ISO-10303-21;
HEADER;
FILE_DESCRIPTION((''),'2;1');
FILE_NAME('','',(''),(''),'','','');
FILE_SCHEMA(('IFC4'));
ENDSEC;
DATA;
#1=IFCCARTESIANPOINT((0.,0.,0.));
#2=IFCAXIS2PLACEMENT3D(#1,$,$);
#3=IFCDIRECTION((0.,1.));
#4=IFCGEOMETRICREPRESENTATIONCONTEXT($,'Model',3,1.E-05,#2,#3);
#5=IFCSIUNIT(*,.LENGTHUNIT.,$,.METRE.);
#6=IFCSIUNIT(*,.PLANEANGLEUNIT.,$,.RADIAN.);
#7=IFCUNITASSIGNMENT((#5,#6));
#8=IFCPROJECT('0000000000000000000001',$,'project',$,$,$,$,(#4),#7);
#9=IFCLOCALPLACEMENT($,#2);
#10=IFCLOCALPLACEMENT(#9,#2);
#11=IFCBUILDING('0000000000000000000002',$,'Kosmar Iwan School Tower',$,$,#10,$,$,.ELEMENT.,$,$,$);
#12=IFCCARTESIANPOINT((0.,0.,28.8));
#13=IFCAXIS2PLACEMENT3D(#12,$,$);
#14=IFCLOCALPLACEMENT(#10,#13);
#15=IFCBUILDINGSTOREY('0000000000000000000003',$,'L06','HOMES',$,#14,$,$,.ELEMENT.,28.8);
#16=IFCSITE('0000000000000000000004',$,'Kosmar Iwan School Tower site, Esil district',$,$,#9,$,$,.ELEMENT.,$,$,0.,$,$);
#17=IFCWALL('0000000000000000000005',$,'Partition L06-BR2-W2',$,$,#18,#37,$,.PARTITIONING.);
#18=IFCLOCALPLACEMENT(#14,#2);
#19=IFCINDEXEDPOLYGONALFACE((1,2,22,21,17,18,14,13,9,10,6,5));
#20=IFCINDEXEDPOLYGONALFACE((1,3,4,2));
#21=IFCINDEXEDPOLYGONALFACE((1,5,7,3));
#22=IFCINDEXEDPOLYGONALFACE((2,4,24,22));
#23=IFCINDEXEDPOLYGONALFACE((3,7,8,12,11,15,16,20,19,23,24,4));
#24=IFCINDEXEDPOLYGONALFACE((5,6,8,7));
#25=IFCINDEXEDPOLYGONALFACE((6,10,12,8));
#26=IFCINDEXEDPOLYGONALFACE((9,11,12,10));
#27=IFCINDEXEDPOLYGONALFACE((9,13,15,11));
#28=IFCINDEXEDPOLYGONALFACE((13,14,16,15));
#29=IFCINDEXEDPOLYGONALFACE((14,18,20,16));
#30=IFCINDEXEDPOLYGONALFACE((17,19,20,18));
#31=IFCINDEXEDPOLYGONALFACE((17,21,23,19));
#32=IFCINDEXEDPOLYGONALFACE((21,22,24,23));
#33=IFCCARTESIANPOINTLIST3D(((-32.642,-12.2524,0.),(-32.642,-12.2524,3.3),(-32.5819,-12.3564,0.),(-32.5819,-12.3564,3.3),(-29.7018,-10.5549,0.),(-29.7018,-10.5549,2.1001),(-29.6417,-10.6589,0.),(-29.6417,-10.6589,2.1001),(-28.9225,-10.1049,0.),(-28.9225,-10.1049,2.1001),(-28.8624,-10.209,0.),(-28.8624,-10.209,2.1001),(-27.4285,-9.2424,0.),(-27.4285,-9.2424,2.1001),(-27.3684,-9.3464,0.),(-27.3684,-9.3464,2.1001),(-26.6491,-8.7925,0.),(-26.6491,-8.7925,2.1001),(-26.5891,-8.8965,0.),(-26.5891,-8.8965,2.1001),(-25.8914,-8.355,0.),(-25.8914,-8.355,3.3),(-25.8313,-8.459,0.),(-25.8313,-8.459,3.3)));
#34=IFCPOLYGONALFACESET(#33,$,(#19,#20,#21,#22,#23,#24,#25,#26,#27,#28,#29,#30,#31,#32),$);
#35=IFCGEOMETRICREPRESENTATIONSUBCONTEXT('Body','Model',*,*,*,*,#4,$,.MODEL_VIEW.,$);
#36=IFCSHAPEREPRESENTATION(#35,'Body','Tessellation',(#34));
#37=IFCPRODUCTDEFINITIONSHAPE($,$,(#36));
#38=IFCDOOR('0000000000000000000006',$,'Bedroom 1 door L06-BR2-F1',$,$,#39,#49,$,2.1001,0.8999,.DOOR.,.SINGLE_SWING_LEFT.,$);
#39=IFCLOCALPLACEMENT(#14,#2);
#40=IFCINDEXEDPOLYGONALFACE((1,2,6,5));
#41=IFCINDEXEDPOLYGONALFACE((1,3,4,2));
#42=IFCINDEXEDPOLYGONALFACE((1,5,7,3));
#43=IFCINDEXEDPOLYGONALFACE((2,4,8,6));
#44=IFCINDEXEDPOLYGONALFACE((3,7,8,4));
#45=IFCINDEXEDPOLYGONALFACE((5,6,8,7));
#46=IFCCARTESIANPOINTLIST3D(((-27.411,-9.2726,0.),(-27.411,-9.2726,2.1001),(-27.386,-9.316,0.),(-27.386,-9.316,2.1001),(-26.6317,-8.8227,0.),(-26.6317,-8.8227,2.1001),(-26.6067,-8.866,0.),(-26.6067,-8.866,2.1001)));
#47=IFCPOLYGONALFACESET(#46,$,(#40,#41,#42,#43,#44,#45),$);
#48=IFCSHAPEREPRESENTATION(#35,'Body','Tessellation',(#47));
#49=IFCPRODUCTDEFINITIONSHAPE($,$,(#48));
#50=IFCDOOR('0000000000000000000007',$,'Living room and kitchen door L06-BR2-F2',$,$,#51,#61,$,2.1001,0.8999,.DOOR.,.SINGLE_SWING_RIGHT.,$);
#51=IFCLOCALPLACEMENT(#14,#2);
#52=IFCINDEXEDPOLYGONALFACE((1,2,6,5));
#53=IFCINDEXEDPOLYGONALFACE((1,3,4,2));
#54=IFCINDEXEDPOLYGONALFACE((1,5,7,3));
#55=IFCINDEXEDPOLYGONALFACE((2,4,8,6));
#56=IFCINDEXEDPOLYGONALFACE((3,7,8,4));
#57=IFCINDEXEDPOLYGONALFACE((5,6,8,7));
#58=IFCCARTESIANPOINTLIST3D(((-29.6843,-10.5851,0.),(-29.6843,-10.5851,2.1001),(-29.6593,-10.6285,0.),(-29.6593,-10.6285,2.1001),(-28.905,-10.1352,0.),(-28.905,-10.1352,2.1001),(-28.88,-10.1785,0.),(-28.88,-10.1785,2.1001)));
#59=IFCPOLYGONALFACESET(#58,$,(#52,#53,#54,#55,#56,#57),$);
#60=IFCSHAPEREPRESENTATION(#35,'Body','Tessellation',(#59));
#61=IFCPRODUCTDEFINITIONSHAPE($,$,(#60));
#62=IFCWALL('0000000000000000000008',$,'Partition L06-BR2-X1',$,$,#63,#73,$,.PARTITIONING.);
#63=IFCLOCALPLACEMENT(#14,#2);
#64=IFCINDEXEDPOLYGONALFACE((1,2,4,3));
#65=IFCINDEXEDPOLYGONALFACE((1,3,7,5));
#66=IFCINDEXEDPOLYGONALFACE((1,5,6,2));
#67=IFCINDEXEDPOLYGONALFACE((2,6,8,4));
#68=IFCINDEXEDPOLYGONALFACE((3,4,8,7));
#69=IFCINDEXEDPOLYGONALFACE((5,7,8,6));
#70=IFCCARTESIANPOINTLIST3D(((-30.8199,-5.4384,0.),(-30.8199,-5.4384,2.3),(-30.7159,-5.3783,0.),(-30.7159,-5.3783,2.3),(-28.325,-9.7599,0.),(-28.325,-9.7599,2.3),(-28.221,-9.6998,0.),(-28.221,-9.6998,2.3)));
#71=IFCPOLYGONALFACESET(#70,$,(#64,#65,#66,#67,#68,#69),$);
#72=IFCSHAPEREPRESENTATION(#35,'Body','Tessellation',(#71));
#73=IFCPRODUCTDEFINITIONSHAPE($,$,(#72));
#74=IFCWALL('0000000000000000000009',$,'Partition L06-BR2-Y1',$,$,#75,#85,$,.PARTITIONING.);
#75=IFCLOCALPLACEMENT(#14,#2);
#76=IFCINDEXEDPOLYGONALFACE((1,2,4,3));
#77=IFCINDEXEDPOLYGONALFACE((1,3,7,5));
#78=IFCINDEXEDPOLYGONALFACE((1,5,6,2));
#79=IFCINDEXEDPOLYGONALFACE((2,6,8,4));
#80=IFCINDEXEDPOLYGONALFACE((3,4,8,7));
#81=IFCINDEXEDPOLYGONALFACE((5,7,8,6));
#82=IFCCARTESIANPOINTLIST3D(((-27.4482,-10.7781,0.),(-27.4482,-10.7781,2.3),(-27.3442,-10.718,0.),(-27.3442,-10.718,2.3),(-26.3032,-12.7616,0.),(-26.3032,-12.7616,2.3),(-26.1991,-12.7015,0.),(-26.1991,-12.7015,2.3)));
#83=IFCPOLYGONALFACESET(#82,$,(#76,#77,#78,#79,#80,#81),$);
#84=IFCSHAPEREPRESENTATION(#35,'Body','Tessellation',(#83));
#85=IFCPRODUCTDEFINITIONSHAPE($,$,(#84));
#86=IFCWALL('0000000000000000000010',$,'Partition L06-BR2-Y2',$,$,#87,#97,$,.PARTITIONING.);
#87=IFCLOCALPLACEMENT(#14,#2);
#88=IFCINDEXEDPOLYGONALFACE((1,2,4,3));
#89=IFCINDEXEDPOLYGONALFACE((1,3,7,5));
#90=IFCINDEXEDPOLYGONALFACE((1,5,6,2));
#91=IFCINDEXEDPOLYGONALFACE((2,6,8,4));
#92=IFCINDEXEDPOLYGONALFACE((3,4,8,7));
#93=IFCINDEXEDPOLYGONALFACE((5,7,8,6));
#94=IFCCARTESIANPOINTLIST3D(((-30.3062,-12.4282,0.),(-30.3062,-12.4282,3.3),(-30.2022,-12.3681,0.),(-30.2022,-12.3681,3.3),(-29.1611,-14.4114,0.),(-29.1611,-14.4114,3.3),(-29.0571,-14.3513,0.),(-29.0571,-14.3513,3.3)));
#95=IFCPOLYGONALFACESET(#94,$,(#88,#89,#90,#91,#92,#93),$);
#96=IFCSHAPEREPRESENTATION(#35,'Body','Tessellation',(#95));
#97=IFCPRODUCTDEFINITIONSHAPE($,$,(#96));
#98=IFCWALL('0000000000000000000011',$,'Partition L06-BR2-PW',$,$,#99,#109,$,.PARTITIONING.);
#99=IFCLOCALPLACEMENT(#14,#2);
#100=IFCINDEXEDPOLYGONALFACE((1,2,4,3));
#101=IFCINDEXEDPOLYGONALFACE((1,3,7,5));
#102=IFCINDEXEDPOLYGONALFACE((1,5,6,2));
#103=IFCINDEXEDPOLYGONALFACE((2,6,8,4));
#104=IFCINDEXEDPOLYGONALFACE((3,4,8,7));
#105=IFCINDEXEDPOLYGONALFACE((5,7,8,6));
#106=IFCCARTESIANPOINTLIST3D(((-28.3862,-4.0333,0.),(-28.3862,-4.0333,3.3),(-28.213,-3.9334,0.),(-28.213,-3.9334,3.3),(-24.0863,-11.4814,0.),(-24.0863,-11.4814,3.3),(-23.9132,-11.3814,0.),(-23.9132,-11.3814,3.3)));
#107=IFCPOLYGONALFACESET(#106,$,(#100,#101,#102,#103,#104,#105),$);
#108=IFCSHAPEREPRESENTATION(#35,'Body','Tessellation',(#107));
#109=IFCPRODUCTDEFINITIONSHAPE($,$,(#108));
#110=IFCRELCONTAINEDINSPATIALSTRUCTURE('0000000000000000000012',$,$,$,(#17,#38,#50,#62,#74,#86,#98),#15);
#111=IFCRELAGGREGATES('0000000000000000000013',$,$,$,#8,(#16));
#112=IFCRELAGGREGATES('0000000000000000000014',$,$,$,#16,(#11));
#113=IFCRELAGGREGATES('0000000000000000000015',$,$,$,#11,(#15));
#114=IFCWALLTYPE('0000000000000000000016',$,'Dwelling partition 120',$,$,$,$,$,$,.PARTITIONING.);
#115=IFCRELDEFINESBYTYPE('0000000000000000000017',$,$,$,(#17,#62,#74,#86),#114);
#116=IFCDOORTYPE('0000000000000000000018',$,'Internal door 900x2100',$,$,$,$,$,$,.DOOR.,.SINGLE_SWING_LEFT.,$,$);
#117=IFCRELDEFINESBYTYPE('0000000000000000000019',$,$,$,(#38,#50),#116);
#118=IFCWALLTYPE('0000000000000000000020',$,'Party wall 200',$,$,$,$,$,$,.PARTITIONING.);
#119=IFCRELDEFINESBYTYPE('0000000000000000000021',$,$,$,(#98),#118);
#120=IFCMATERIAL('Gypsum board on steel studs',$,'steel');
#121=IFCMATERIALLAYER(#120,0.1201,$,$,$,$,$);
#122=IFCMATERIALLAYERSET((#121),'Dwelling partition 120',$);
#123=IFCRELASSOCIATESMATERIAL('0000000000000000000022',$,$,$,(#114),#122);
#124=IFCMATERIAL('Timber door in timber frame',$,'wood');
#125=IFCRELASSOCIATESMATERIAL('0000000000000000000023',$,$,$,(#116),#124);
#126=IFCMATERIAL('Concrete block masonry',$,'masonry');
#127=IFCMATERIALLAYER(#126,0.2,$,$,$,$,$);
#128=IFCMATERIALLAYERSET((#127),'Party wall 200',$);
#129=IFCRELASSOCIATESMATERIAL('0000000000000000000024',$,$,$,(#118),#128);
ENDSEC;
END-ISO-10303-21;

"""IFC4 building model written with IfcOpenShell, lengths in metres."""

from ifc_helpers import new_model, si_unit, direction, frame, frame_2d, origin, place, context, subcontext, project, spatial, rectangle, extrude, material, layer, layer_set, type_object, element, fill, save


model = new_model("IFC4")

# Units and contexts
model_context = context("Model", 3, precision=1e-05, world=origin(), true_north=direction((0.0, 1.0)))
body_context = subcontext(model_context, "Body", "Model", "MODEL_VIEW")
ifc_project = project(units=[si_unit("LENGTHUNIT", "METRE"), si_unit("PLANEANGLEUNIT", "RADIAN")], contexts=[model_context])

# Site, building, storey
site_placement = place(None, origin())
site = spatial("IfcSite", under=ifc_project, at=site_placement, Name="Kosmar Iwan School Tower site, Esil district", CompositionType="ELEMENT", RefElevation=0.0)
building_placement = place(site_placement, origin())
building = spatial("IfcBuilding", under=site, at=building_placement, Name="Kosmar Iwan School Tower", CompositionType="ELEMENT")
storey_placement = place(building_placement, frame((0.0, 0.0, 28.8)))
storey = spatial("IfcBuildingStorey", under=building, at=storey_placement, Name="L06", Description="HOMES", CompositionType="ELEMENT", Elevation=28.8)

# Shared definitions
ifc_material_1 = material(Name="Gypsum board on steel studs", Category="steel")
ifc_layer_1 = layer(ifc_material_1, 0.1201)
ifc_layer_set_1 = layer_set([ifc_layer_1], Name="Dwelling partition 120")
wall_type_1 = type_object("IfcWallType", Name="Dwelling partition 120", PredefinedType="PARTITIONING", material=ifc_layer_set_1)

# Wall, openings, doors
ifc_material_2 = material(Name="Timber door in timber frame", Category="wood")
door_type_1 = type_object("IfcDoorType", Name="Internal door 900x2100", OperationType="SINGLE_SWING_LEFT", PredefinedType="DOOR", material=ifc_material_2)
wall_1_placement = place(storey_placement, frame((-25.8613, -8.407, 0.0), z_axis=(0.0, 0.0, 1.0), x_axis=(-0.86603, -0.499993, 0.0)))
wall_1 = element("IfcWall", 1, at=wall_1_placement, inside=storey, type_object=wall_type_1, Name="Partition L06-BR2-W2", PredefinedType="PARTITIONING", context=body_context, shape_type="SweptSolid", body=[
    extrude(rectangle(XDim=7.7949, YDim=0.1201, at=frame_2d((3.8975, 0.0))), origin(), (0.0, 0.0, 1.0), 3.3),
])
opening_1_placement = place(wall_1_placement, frame((0.875, 0.0, 0.0)))
opening_1 = element("IfcOpeningElement", 2, at=opening_1_placement, cuts=wall_1, PredefinedType="OPENING", context=body_context, shape_type="SweptSolid", body=[
    extrude(rectangle(XDim=0.8999, YDim=2.1001, at=frame_2d((0.45, 1.05))), frame((0.0, 0.072, 0.0), z_axis=(0.0, -1.0, 0.0), x_axis=(1.0, 0.0, 0.0)), (0.0, 0.0, 1.0), 0.144),
])
opening_2_placement = place(wall_1_placement, frame((3.5, 0.0, 0.0)))
opening_2 = element("IfcOpeningElement", 3, at=opening_2_placement, cuts=wall_1, PredefinedType="OPENING", context=body_context, shape_type="SweptSolid", body=[
    extrude(rectangle(XDim=0.8999, YDim=2.1001, at=frame_2d((0.45, 1.05))), frame((0.0, 0.072, 0.0), z_axis=(0.0, -1.0, 0.0), x_axis=(1.0, 0.0, 0.0)), (0.0, 0.0, 1.0), 0.144),
])
door_1_placement = place(opening_1_placement, origin())
door_1 = element("IfcDoor", 4, at=door_1_placement, inside=storey, type_object=door_type_1, Name="Bedroom 1 door L06-BR2-F1", OperationType="SINGLE_SWING_LEFT", OverallHeight=2.1001, OverallWidth=0.8999, PredefinedType="DOOR", context=body_context, shape_type="SweptSolid", body=[
    extrude(rectangle(XDim=0.8999, YDim=2.1001, at=frame_2d((0.45, 1.05))), frame((0.0, 0.0249, 0.0), z_axis=(0.0, -1.0, 0.0), x_axis=(1.0, 0.0, 0.0)), (0.0, 0.0, 1.0), 0.05),
])
fill(opening_1, door_1)
door_2_placement = place(opening_2_placement, origin())
door_2 = element("IfcDoor", 5, at=door_2_placement, inside=storey, type_object=door_type_1, Name="Living room and kitchen door L06-BR2-F2", OperationType="SINGLE_SWING_RIGHT", OverallHeight=2.1001, OverallWidth=0.8999, PredefinedType="DOOR", context=body_context, shape_type="SweptSolid", body=[
    extrude(rectangle(XDim=0.8999, YDim=2.1001, at=frame_2d((0.45, 1.05))), frame((0.0, 0.0249, 0.0), z_axis=(0.0, -1.0, 0.0), x_axis=(1.0, 0.0, 0.0)), (0.0, 0.0, 1.0), 0.05),
])
fill(opening_2, door_2)

# Walls
wall_2_placement = place(storey_placement, frame((-28.2729, -9.73, 0.0), z_axis=(0.0, 0.0, 1.0), x_axis=(-0.499975, 0.86604, 0.0)))
element("IfcWall", 6, at=wall_2_placement, inside=storey, type_object=wall_type_1, Name="Partition L06-BR2-X1", PredefinedType="PARTITIONING", context=body_context, shape_type="SweptSolid", body=[
    extrude(rectangle(XDim=4.99, YDim=0.1201, at=frame_2d((2.4951, 0.0))), origin(), (0.0, 0.0, 1.0), 2.3),
])
wall_3_placement = place(storey_placement, frame((-26.2512, -12.7314, 0.0), z_axis=(0.0, 0.0, 1.0), x_axis=(-0.499969, 0.866044, 0.0)))
element("IfcWall", 7, at=wall_3_placement, inside=storey, type_object=wall_type_1, Name="Partition L06-BR2-Y1", PredefinedType="PARTITIONING", context=body_context, shape_type="SweptSolid", body=[
    extrude(rectangle(XDim=2.2903, YDim=0.1201, at=frame_2d((1.145, 0.0))), origin(), (0.0, 0.0, 1.0), 2.3),
])
wall_4_placement = place(storey_placement, frame((-29.1091, -14.3813, 0.0), z_axis=(0.0, 0.0, 1.0), x_axis=(-0.500015, 0.866017, 0.0)))
element("IfcWall", 8, at=wall_4_placement, inside=storey, type_object=wall_type_1, Name="Partition L06-BR2-Y2", PredefinedType="PARTITIONING", context=body_context, shape_type="SweptSolid", body=[
    extrude(rectangle(XDim=2.29, YDim=0.1201, at=frame_2d((1.145, 0.0))), origin(), (0.0, 0.0, 1.0), 3.3),
])
ifc_material_3 = material(Name="Concrete block masonry", Category="masonry")
ifc_layer_2 = layer(ifc_material_3, 0.2)
ifc_layer_set_2 = layer_set([ifc_layer_2], Name="Party wall 200")
wall_type_2 = type_object("IfcWallType", Name="Party wall 200", PredefinedType="PARTITIONING", material=ifc_layer_set_2)
wall_5_placement = place(storey_placement, frame((-23.9998, -11.4314, 0.0), z_axis=(0.0, 0.0, 1.0), x_axis=(-0.499974, 0.86604, 0.0)))
element("IfcWall", 9, at=wall_5_placement, inside=storey, type_object=wall_type_2, Name="Partition L06-BR2-PW", PredefinedType="PARTITIONING", context=body_context, shape_type="SweptSolid", body=[
    extrude(rectangle(XDim=8.6001, YDim=0.2, at=frame_2d((4.3, 0.0))), origin(), (0.0, 0.0, 1.0), 3.3),
])

save(model, "model.ifc")
